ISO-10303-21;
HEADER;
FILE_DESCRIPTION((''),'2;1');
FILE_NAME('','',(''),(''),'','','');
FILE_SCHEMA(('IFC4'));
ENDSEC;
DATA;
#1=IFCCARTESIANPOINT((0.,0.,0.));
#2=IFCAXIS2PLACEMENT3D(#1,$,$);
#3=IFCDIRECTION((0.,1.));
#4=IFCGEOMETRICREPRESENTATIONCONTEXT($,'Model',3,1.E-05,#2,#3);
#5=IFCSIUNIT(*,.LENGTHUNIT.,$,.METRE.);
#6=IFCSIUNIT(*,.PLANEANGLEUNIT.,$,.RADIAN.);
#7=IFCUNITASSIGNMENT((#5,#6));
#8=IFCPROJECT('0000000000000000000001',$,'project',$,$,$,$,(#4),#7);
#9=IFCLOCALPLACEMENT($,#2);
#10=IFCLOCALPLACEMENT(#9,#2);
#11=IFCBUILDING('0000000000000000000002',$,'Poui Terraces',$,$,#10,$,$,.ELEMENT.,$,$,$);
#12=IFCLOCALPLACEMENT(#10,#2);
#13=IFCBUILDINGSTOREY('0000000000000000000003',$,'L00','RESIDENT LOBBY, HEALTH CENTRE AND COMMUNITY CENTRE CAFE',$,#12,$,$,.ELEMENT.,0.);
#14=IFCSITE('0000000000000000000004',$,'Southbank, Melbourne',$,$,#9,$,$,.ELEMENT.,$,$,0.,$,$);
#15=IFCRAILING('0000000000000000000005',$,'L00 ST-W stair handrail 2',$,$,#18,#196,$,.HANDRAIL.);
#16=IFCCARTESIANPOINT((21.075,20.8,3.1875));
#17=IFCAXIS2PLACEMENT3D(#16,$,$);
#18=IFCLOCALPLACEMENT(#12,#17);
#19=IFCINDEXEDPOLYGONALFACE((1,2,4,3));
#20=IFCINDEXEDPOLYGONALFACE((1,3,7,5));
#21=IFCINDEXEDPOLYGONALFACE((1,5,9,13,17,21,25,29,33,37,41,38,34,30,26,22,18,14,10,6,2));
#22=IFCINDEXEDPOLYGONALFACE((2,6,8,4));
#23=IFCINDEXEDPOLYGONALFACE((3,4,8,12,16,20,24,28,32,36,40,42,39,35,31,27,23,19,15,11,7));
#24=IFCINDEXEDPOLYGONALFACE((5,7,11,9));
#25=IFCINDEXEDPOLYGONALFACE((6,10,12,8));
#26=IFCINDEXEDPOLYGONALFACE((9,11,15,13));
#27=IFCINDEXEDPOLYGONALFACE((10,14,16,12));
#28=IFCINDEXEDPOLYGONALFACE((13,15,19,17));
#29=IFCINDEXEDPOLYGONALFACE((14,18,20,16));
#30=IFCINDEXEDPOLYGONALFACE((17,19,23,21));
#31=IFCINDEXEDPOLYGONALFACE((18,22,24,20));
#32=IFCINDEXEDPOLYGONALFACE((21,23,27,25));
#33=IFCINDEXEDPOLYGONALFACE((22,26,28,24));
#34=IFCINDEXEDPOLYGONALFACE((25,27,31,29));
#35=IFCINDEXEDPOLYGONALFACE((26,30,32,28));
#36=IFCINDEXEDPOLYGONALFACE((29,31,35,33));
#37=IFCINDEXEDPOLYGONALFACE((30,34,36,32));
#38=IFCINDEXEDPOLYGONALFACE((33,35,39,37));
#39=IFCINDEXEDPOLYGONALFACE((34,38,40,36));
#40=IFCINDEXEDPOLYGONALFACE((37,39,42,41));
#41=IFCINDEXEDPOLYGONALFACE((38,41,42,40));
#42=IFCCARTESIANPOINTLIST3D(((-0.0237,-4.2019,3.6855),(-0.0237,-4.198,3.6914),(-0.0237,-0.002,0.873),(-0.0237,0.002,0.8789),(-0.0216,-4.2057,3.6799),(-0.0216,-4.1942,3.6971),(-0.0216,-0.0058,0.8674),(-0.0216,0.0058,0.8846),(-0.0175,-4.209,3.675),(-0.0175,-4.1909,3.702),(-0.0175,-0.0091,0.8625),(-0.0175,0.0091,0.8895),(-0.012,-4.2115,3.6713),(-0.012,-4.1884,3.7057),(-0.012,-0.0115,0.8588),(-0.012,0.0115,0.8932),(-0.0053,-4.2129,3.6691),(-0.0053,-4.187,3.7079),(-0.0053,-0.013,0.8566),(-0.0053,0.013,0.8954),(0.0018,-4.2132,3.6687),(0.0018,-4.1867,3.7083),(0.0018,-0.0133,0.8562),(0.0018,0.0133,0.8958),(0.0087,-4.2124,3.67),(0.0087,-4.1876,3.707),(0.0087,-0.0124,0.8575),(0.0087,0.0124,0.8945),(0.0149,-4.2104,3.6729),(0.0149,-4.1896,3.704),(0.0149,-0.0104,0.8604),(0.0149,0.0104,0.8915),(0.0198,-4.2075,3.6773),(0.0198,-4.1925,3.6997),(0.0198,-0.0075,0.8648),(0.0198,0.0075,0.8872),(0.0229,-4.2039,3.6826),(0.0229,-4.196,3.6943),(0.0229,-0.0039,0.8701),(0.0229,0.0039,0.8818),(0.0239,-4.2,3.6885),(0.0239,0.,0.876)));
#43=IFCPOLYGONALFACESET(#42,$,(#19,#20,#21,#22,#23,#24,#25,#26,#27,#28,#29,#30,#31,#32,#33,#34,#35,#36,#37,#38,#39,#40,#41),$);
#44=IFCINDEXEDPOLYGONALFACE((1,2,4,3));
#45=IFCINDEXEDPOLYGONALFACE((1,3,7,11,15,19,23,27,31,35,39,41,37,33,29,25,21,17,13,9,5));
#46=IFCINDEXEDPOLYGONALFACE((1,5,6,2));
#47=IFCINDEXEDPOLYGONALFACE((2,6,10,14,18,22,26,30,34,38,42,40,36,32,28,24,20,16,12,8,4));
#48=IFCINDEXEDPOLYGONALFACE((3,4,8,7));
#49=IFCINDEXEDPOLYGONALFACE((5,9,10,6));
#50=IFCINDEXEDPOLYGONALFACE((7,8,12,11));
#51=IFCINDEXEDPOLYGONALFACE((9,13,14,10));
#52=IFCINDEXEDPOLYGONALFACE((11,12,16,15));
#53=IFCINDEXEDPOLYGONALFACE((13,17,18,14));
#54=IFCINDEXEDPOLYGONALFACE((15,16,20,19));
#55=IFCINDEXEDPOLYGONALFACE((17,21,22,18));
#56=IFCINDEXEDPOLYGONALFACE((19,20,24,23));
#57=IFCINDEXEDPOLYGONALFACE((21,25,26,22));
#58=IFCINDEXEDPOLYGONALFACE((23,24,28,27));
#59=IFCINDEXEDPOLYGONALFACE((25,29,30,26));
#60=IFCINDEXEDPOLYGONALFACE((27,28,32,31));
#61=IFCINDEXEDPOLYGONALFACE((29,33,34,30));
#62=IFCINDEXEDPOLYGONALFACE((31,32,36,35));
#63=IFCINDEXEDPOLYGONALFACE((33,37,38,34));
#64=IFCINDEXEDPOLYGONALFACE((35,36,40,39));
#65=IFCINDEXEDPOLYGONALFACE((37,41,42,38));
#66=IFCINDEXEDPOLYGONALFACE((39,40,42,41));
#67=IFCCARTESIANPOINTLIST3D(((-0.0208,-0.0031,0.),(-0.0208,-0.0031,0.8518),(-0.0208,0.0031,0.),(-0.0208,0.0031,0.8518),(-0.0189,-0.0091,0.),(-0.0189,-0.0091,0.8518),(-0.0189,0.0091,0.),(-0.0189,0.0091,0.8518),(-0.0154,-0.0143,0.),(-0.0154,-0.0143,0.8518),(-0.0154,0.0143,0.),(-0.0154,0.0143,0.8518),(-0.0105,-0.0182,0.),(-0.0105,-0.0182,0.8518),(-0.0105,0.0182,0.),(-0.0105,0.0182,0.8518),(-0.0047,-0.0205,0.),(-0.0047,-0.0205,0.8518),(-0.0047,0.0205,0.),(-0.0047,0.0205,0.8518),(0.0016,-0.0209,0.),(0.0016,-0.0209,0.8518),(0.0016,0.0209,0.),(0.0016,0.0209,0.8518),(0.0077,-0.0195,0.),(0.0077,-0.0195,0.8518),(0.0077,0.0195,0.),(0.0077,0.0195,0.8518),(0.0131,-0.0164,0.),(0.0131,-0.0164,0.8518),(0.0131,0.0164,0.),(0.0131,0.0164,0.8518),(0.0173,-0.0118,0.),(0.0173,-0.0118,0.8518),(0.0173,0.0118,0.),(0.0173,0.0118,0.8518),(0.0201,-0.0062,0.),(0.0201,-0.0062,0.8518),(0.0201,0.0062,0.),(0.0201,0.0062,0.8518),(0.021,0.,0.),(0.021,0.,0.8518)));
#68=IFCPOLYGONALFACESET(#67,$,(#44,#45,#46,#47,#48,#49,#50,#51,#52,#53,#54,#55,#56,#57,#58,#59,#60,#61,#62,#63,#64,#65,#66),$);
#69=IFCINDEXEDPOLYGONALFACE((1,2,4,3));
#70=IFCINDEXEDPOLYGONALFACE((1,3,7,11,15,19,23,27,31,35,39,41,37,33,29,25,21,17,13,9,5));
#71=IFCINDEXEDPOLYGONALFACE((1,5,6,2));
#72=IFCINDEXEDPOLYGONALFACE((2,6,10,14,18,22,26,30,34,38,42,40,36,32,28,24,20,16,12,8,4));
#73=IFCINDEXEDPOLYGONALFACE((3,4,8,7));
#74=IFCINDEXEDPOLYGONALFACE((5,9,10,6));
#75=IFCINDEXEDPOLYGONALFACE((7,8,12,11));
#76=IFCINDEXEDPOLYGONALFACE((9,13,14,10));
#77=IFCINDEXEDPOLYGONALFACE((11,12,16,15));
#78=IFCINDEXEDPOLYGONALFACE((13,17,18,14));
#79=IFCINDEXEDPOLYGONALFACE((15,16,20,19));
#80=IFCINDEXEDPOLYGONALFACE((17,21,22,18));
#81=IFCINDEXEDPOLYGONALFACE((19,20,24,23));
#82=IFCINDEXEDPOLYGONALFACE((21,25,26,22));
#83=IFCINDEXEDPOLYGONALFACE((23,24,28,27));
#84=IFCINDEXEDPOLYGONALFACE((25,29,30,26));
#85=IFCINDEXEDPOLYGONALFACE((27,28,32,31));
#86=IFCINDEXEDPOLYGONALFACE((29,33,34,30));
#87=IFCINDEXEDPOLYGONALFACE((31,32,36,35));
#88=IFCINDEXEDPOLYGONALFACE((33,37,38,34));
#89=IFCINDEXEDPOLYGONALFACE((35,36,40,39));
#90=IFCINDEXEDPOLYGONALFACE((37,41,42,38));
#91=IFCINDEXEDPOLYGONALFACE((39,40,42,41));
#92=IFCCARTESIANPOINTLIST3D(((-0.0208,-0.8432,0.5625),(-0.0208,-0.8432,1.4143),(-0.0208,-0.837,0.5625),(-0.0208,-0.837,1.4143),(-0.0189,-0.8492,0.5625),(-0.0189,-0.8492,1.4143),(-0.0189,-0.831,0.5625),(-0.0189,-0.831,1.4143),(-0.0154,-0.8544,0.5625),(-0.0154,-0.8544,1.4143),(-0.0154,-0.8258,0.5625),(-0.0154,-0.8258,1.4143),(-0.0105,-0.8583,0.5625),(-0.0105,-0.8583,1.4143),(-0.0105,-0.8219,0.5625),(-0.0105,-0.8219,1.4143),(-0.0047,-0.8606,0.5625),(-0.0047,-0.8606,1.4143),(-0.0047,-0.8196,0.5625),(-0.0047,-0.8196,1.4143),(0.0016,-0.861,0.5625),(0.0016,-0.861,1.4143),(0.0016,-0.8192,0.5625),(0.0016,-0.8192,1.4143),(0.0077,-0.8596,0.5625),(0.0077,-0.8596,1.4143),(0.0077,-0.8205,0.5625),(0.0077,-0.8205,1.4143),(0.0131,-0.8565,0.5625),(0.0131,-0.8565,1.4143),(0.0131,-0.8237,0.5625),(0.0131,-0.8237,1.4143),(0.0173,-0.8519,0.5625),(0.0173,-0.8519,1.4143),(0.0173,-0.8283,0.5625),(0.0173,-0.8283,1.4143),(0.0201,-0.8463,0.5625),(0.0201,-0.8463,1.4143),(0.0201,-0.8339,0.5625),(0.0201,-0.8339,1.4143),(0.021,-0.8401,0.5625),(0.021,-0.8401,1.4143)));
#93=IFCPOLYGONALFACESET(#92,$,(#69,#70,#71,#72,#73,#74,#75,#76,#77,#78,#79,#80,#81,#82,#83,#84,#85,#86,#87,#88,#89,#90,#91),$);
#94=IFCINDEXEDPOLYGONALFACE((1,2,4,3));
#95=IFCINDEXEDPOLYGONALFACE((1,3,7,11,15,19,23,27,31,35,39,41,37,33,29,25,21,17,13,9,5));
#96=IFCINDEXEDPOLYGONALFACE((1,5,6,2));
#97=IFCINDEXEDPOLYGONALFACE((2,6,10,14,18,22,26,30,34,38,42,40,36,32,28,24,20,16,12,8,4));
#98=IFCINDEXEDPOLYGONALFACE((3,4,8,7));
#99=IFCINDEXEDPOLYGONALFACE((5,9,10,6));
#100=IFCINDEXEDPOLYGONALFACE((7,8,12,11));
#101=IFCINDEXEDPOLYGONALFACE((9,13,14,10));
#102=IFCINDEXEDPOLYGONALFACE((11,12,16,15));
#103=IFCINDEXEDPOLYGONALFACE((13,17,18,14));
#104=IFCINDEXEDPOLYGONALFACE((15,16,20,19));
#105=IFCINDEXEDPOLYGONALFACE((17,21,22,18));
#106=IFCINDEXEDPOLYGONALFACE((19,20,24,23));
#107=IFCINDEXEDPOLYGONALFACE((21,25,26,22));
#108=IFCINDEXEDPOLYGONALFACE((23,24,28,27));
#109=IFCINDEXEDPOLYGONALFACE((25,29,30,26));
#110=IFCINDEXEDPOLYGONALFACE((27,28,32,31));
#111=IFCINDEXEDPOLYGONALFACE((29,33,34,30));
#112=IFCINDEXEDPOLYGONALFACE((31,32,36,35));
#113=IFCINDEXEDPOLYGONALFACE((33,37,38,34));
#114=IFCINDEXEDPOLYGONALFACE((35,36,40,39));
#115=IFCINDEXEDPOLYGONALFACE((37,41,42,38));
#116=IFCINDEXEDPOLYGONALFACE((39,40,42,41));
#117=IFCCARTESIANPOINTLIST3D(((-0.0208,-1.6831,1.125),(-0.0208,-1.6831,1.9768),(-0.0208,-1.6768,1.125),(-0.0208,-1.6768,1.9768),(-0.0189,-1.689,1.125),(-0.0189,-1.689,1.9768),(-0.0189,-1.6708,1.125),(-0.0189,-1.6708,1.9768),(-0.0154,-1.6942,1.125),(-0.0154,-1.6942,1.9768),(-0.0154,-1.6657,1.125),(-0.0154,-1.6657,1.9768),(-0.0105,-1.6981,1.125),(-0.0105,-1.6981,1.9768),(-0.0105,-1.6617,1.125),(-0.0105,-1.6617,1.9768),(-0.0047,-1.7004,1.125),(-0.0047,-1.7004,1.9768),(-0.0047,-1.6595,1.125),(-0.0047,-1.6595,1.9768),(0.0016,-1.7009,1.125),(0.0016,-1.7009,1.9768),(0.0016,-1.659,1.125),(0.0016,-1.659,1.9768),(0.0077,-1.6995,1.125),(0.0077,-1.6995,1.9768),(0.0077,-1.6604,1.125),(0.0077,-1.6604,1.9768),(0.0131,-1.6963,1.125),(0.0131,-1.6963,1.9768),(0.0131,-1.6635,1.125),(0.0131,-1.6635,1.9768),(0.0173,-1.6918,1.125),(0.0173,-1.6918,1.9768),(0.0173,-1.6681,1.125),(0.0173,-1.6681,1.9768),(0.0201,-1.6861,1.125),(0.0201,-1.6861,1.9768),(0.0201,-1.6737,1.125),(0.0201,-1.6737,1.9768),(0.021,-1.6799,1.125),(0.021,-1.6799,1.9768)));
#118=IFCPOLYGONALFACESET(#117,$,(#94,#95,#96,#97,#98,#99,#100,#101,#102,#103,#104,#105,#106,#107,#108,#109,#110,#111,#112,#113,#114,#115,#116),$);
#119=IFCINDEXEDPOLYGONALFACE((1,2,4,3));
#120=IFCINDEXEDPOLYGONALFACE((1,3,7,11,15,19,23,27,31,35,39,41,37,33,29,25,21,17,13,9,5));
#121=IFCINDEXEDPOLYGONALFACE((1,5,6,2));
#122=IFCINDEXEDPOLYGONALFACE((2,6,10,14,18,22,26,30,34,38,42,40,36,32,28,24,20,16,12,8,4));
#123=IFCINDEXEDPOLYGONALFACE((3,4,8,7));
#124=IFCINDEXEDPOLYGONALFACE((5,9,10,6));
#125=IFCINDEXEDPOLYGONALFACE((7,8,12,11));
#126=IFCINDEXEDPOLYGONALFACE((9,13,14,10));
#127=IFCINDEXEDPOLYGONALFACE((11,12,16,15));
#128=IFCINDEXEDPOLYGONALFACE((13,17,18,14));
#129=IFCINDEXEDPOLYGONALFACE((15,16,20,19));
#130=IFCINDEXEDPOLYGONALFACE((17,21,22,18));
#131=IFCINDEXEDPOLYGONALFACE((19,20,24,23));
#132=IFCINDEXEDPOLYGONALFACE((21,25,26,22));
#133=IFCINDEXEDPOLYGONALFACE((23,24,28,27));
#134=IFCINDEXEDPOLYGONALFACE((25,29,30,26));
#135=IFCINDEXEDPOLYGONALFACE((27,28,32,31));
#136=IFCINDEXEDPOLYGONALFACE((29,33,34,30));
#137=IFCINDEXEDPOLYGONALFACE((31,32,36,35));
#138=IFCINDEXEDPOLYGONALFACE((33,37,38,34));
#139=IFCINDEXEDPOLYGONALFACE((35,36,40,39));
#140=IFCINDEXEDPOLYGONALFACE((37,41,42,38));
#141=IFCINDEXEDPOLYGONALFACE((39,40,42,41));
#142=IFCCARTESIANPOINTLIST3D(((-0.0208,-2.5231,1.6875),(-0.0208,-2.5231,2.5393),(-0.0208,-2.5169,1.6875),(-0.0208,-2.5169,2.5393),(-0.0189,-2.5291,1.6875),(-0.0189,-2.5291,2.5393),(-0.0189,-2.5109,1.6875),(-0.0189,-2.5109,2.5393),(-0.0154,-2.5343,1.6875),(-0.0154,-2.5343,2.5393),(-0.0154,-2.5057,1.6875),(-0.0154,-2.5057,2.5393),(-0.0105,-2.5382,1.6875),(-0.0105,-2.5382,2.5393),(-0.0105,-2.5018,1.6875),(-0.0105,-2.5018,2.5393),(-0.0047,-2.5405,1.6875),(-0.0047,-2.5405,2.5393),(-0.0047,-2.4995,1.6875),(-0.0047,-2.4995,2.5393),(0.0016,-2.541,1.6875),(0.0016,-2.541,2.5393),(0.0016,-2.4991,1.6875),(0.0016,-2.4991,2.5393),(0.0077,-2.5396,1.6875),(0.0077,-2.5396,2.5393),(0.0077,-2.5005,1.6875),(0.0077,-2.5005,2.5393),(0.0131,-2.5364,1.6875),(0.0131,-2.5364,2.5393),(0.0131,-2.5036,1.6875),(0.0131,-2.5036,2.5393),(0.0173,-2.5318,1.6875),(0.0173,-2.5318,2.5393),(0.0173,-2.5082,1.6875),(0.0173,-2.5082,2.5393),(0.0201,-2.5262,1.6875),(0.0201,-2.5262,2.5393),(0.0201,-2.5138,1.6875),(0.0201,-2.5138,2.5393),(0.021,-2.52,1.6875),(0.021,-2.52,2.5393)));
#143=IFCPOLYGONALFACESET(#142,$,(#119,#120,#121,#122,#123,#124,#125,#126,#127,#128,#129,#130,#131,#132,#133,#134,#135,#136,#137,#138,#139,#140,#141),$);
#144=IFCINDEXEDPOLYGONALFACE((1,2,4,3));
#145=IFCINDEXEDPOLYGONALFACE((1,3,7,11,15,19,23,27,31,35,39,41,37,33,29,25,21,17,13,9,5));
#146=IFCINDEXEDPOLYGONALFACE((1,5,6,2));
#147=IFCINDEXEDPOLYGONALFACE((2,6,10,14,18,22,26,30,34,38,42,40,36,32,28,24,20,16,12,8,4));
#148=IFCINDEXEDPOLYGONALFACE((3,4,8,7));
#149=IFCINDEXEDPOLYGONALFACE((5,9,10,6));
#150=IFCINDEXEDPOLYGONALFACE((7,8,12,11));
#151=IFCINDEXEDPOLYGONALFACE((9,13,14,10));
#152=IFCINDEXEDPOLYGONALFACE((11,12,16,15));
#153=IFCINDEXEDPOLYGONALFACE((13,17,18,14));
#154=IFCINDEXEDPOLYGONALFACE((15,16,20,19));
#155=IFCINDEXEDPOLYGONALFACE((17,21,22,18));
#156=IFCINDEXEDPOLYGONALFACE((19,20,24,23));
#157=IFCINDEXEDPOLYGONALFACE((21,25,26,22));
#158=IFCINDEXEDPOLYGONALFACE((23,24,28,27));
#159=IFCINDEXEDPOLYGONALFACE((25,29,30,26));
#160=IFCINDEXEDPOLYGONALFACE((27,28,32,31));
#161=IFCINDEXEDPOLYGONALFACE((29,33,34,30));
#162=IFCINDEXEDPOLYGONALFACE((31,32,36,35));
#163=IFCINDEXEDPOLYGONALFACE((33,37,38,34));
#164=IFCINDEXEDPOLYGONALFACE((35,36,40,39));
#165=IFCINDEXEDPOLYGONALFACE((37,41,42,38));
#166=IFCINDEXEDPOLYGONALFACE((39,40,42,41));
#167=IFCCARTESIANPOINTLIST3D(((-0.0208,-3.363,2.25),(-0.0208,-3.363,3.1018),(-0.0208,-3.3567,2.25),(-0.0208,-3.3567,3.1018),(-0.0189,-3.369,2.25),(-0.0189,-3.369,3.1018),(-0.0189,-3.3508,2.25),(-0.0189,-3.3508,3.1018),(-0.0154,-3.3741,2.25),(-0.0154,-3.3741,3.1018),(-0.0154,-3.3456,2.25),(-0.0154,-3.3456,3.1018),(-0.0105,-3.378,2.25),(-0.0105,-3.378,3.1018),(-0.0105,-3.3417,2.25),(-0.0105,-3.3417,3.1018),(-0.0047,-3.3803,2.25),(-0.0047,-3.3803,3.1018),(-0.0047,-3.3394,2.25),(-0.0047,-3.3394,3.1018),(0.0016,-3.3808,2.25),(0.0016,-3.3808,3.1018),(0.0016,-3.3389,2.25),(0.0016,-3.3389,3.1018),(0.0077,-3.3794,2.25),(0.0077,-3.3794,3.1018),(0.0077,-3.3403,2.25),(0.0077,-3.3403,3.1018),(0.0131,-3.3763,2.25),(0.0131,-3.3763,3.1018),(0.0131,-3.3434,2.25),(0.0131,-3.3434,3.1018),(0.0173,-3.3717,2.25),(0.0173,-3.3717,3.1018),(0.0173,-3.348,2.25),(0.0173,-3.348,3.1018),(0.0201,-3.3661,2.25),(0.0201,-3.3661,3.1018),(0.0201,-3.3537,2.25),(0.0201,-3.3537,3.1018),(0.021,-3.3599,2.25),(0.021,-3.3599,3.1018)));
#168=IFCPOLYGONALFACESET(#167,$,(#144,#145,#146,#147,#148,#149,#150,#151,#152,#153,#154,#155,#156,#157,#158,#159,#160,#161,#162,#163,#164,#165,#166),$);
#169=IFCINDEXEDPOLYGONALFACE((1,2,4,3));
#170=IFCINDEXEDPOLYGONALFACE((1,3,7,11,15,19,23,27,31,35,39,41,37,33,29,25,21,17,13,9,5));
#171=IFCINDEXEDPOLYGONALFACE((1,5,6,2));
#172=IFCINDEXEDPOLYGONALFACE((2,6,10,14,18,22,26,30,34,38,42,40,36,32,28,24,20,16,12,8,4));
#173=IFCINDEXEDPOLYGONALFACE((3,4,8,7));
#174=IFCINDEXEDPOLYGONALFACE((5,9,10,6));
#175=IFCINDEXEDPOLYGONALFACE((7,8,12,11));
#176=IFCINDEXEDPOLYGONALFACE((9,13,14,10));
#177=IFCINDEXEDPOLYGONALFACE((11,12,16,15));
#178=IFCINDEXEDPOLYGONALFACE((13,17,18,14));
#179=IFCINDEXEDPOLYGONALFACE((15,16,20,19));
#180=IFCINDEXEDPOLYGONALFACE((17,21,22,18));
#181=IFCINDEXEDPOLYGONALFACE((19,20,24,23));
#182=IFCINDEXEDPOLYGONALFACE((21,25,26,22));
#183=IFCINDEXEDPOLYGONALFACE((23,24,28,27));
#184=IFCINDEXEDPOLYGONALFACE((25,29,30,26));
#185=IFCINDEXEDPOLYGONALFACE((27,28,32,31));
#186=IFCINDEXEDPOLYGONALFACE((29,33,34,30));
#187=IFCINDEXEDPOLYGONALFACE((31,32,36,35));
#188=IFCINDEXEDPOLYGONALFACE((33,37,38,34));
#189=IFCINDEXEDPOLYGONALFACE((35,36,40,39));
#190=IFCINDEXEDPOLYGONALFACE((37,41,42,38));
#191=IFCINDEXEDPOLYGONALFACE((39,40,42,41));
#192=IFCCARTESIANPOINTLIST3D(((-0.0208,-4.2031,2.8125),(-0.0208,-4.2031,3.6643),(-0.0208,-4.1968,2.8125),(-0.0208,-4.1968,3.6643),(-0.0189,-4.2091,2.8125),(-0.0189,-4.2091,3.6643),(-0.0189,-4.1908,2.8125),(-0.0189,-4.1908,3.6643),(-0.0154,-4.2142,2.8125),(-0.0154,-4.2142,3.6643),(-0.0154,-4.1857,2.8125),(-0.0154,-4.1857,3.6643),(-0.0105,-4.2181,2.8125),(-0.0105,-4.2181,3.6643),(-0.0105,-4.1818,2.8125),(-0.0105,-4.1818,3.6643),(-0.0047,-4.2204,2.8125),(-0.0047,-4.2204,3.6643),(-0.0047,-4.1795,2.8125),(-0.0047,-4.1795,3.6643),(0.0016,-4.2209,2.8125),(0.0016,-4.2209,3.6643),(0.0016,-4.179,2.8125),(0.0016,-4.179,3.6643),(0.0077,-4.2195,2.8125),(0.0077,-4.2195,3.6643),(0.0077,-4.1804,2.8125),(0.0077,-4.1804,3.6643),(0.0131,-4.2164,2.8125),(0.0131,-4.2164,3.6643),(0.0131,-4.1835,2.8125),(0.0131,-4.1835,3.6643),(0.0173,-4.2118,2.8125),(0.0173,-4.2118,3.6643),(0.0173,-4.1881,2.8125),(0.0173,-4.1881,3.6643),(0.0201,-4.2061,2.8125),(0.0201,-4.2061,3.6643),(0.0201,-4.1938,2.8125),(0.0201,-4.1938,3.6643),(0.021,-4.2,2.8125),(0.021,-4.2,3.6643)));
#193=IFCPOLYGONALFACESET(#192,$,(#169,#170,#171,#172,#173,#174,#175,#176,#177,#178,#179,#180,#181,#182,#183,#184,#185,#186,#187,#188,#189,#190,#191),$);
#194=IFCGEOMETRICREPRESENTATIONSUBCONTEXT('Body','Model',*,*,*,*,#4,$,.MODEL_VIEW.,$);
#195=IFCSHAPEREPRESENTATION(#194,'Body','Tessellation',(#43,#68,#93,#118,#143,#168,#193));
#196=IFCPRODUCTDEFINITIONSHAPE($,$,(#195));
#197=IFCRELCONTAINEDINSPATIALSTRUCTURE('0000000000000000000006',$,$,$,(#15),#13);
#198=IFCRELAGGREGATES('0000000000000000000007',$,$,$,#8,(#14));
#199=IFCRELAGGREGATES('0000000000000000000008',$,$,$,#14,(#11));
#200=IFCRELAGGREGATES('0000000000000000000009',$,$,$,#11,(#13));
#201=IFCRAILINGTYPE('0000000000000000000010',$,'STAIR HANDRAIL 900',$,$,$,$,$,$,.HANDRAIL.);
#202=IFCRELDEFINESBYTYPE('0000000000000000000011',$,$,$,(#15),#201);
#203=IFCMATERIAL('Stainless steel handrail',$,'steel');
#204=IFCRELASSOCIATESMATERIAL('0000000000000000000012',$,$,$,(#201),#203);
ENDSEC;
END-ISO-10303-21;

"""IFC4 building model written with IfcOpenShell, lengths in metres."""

from ifc_helpers import new_model, si_unit, direction, frame, origin, origin_2d, place, context, subcontext, project, spatial, circle, extrude, material, type_object, element, save


model = new_model("IFC4")

# Units and contexts
model_context = context("Model", 3, precision=1e-05, world=origin(), true_north=direction((0.0, 1.0)))
body_context = subcontext(model_context, "Body", "Model", "MODEL_VIEW")
ifc_project = project(units=[si_unit("LENGTHUNIT", "METRE"), si_unit("PLANEANGLEUNIT", "RADIAN")], contexts=[model_context])

# Site, building, storey
site_placement = place(None, origin())
site = spatial("IfcSite", under=ifc_project, at=site_placement, Name="Southbank, Melbourne", CompositionType="ELEMENT", RefElevation=0.0)
building_placement = place(site_placement, origin())
building = spatial("IfcBuilding", under=site, at=building_placement, Name="Poui Terraces", CompositionType="ELEMENT")
storey_placement = place(building_placement, origin())
storey = spatial("IfcBuildingStorey", under=building, at=storey_placement, Name="L00", Description="RESIDENT LOBBY, HEALTH CENTRE AND COMMUNITY CENTRE CAFE", CompositionType="ELEMENT", Elevation=0.0)

# Railing
ifc_material_1 = material(Name="Stainless steel handrail", Category="steel")
railing_type_1 = type_object("IfcRailingType", Name="STAIR HANDRAIL 900", PredefinedType="HANDRAIL", material=ifc_material_1)
railing_1_placement = place(storey_placement, frame((21.075, 20.8, 3.1875)))
element("IfcRailing", 1, at=railing_1_placement, inside=storey, type_object=railing_type_1, Name="L00 ST-W stair handrail 2", PredefinedType="HANDRAIL", context=body_context, shape_type="SweptSolid", body=[
    extrude(circle(Radius=0.0239, at=origin_2d()), frame((0.0, 0.0, 0.876), z_axis=(0.0, -0.830904, 0.556416), x_axis=(1.0, 0.0, 0.0)), (0.0, 0.0, 1.0), 5.0547),
    extrude(circle(Radius=0.021, at=origin_2d()), origin(), (0.0, 0.0, 1.0), 0.8518),
    extrude(circle(Radius=0.021, at=origin_2d()), frame((0.0, -0.8401, 0.5625)), (0.0, 0.0, 1.0), 0.8518),
    extrude(circle(Radius=0.021, at=origin_2d()), frame((0.0, -1.6799, 1.125)), (0.0, 0.0, 1.0), 0.8518),
    extrude(circle(Radius=0.021, at=origin_2d()), frame((0.0, -2.52, 1.6875)), (0.0, 0.0, 1.0), 0.8518),
    extrude(circle(Radius=0.021, at=origin_2d()), frame((0.0, -3.3599, 2.25)), (0.0, 0.0, 1.0), 0.8518),
    extrude(circle(Radius=0.021, at=origin_2d()), frame((0.0, -4.2, 2.8125)), (0.0, 0.0, 1.0), 0.8518),
])

save(model, "model.ifc")
